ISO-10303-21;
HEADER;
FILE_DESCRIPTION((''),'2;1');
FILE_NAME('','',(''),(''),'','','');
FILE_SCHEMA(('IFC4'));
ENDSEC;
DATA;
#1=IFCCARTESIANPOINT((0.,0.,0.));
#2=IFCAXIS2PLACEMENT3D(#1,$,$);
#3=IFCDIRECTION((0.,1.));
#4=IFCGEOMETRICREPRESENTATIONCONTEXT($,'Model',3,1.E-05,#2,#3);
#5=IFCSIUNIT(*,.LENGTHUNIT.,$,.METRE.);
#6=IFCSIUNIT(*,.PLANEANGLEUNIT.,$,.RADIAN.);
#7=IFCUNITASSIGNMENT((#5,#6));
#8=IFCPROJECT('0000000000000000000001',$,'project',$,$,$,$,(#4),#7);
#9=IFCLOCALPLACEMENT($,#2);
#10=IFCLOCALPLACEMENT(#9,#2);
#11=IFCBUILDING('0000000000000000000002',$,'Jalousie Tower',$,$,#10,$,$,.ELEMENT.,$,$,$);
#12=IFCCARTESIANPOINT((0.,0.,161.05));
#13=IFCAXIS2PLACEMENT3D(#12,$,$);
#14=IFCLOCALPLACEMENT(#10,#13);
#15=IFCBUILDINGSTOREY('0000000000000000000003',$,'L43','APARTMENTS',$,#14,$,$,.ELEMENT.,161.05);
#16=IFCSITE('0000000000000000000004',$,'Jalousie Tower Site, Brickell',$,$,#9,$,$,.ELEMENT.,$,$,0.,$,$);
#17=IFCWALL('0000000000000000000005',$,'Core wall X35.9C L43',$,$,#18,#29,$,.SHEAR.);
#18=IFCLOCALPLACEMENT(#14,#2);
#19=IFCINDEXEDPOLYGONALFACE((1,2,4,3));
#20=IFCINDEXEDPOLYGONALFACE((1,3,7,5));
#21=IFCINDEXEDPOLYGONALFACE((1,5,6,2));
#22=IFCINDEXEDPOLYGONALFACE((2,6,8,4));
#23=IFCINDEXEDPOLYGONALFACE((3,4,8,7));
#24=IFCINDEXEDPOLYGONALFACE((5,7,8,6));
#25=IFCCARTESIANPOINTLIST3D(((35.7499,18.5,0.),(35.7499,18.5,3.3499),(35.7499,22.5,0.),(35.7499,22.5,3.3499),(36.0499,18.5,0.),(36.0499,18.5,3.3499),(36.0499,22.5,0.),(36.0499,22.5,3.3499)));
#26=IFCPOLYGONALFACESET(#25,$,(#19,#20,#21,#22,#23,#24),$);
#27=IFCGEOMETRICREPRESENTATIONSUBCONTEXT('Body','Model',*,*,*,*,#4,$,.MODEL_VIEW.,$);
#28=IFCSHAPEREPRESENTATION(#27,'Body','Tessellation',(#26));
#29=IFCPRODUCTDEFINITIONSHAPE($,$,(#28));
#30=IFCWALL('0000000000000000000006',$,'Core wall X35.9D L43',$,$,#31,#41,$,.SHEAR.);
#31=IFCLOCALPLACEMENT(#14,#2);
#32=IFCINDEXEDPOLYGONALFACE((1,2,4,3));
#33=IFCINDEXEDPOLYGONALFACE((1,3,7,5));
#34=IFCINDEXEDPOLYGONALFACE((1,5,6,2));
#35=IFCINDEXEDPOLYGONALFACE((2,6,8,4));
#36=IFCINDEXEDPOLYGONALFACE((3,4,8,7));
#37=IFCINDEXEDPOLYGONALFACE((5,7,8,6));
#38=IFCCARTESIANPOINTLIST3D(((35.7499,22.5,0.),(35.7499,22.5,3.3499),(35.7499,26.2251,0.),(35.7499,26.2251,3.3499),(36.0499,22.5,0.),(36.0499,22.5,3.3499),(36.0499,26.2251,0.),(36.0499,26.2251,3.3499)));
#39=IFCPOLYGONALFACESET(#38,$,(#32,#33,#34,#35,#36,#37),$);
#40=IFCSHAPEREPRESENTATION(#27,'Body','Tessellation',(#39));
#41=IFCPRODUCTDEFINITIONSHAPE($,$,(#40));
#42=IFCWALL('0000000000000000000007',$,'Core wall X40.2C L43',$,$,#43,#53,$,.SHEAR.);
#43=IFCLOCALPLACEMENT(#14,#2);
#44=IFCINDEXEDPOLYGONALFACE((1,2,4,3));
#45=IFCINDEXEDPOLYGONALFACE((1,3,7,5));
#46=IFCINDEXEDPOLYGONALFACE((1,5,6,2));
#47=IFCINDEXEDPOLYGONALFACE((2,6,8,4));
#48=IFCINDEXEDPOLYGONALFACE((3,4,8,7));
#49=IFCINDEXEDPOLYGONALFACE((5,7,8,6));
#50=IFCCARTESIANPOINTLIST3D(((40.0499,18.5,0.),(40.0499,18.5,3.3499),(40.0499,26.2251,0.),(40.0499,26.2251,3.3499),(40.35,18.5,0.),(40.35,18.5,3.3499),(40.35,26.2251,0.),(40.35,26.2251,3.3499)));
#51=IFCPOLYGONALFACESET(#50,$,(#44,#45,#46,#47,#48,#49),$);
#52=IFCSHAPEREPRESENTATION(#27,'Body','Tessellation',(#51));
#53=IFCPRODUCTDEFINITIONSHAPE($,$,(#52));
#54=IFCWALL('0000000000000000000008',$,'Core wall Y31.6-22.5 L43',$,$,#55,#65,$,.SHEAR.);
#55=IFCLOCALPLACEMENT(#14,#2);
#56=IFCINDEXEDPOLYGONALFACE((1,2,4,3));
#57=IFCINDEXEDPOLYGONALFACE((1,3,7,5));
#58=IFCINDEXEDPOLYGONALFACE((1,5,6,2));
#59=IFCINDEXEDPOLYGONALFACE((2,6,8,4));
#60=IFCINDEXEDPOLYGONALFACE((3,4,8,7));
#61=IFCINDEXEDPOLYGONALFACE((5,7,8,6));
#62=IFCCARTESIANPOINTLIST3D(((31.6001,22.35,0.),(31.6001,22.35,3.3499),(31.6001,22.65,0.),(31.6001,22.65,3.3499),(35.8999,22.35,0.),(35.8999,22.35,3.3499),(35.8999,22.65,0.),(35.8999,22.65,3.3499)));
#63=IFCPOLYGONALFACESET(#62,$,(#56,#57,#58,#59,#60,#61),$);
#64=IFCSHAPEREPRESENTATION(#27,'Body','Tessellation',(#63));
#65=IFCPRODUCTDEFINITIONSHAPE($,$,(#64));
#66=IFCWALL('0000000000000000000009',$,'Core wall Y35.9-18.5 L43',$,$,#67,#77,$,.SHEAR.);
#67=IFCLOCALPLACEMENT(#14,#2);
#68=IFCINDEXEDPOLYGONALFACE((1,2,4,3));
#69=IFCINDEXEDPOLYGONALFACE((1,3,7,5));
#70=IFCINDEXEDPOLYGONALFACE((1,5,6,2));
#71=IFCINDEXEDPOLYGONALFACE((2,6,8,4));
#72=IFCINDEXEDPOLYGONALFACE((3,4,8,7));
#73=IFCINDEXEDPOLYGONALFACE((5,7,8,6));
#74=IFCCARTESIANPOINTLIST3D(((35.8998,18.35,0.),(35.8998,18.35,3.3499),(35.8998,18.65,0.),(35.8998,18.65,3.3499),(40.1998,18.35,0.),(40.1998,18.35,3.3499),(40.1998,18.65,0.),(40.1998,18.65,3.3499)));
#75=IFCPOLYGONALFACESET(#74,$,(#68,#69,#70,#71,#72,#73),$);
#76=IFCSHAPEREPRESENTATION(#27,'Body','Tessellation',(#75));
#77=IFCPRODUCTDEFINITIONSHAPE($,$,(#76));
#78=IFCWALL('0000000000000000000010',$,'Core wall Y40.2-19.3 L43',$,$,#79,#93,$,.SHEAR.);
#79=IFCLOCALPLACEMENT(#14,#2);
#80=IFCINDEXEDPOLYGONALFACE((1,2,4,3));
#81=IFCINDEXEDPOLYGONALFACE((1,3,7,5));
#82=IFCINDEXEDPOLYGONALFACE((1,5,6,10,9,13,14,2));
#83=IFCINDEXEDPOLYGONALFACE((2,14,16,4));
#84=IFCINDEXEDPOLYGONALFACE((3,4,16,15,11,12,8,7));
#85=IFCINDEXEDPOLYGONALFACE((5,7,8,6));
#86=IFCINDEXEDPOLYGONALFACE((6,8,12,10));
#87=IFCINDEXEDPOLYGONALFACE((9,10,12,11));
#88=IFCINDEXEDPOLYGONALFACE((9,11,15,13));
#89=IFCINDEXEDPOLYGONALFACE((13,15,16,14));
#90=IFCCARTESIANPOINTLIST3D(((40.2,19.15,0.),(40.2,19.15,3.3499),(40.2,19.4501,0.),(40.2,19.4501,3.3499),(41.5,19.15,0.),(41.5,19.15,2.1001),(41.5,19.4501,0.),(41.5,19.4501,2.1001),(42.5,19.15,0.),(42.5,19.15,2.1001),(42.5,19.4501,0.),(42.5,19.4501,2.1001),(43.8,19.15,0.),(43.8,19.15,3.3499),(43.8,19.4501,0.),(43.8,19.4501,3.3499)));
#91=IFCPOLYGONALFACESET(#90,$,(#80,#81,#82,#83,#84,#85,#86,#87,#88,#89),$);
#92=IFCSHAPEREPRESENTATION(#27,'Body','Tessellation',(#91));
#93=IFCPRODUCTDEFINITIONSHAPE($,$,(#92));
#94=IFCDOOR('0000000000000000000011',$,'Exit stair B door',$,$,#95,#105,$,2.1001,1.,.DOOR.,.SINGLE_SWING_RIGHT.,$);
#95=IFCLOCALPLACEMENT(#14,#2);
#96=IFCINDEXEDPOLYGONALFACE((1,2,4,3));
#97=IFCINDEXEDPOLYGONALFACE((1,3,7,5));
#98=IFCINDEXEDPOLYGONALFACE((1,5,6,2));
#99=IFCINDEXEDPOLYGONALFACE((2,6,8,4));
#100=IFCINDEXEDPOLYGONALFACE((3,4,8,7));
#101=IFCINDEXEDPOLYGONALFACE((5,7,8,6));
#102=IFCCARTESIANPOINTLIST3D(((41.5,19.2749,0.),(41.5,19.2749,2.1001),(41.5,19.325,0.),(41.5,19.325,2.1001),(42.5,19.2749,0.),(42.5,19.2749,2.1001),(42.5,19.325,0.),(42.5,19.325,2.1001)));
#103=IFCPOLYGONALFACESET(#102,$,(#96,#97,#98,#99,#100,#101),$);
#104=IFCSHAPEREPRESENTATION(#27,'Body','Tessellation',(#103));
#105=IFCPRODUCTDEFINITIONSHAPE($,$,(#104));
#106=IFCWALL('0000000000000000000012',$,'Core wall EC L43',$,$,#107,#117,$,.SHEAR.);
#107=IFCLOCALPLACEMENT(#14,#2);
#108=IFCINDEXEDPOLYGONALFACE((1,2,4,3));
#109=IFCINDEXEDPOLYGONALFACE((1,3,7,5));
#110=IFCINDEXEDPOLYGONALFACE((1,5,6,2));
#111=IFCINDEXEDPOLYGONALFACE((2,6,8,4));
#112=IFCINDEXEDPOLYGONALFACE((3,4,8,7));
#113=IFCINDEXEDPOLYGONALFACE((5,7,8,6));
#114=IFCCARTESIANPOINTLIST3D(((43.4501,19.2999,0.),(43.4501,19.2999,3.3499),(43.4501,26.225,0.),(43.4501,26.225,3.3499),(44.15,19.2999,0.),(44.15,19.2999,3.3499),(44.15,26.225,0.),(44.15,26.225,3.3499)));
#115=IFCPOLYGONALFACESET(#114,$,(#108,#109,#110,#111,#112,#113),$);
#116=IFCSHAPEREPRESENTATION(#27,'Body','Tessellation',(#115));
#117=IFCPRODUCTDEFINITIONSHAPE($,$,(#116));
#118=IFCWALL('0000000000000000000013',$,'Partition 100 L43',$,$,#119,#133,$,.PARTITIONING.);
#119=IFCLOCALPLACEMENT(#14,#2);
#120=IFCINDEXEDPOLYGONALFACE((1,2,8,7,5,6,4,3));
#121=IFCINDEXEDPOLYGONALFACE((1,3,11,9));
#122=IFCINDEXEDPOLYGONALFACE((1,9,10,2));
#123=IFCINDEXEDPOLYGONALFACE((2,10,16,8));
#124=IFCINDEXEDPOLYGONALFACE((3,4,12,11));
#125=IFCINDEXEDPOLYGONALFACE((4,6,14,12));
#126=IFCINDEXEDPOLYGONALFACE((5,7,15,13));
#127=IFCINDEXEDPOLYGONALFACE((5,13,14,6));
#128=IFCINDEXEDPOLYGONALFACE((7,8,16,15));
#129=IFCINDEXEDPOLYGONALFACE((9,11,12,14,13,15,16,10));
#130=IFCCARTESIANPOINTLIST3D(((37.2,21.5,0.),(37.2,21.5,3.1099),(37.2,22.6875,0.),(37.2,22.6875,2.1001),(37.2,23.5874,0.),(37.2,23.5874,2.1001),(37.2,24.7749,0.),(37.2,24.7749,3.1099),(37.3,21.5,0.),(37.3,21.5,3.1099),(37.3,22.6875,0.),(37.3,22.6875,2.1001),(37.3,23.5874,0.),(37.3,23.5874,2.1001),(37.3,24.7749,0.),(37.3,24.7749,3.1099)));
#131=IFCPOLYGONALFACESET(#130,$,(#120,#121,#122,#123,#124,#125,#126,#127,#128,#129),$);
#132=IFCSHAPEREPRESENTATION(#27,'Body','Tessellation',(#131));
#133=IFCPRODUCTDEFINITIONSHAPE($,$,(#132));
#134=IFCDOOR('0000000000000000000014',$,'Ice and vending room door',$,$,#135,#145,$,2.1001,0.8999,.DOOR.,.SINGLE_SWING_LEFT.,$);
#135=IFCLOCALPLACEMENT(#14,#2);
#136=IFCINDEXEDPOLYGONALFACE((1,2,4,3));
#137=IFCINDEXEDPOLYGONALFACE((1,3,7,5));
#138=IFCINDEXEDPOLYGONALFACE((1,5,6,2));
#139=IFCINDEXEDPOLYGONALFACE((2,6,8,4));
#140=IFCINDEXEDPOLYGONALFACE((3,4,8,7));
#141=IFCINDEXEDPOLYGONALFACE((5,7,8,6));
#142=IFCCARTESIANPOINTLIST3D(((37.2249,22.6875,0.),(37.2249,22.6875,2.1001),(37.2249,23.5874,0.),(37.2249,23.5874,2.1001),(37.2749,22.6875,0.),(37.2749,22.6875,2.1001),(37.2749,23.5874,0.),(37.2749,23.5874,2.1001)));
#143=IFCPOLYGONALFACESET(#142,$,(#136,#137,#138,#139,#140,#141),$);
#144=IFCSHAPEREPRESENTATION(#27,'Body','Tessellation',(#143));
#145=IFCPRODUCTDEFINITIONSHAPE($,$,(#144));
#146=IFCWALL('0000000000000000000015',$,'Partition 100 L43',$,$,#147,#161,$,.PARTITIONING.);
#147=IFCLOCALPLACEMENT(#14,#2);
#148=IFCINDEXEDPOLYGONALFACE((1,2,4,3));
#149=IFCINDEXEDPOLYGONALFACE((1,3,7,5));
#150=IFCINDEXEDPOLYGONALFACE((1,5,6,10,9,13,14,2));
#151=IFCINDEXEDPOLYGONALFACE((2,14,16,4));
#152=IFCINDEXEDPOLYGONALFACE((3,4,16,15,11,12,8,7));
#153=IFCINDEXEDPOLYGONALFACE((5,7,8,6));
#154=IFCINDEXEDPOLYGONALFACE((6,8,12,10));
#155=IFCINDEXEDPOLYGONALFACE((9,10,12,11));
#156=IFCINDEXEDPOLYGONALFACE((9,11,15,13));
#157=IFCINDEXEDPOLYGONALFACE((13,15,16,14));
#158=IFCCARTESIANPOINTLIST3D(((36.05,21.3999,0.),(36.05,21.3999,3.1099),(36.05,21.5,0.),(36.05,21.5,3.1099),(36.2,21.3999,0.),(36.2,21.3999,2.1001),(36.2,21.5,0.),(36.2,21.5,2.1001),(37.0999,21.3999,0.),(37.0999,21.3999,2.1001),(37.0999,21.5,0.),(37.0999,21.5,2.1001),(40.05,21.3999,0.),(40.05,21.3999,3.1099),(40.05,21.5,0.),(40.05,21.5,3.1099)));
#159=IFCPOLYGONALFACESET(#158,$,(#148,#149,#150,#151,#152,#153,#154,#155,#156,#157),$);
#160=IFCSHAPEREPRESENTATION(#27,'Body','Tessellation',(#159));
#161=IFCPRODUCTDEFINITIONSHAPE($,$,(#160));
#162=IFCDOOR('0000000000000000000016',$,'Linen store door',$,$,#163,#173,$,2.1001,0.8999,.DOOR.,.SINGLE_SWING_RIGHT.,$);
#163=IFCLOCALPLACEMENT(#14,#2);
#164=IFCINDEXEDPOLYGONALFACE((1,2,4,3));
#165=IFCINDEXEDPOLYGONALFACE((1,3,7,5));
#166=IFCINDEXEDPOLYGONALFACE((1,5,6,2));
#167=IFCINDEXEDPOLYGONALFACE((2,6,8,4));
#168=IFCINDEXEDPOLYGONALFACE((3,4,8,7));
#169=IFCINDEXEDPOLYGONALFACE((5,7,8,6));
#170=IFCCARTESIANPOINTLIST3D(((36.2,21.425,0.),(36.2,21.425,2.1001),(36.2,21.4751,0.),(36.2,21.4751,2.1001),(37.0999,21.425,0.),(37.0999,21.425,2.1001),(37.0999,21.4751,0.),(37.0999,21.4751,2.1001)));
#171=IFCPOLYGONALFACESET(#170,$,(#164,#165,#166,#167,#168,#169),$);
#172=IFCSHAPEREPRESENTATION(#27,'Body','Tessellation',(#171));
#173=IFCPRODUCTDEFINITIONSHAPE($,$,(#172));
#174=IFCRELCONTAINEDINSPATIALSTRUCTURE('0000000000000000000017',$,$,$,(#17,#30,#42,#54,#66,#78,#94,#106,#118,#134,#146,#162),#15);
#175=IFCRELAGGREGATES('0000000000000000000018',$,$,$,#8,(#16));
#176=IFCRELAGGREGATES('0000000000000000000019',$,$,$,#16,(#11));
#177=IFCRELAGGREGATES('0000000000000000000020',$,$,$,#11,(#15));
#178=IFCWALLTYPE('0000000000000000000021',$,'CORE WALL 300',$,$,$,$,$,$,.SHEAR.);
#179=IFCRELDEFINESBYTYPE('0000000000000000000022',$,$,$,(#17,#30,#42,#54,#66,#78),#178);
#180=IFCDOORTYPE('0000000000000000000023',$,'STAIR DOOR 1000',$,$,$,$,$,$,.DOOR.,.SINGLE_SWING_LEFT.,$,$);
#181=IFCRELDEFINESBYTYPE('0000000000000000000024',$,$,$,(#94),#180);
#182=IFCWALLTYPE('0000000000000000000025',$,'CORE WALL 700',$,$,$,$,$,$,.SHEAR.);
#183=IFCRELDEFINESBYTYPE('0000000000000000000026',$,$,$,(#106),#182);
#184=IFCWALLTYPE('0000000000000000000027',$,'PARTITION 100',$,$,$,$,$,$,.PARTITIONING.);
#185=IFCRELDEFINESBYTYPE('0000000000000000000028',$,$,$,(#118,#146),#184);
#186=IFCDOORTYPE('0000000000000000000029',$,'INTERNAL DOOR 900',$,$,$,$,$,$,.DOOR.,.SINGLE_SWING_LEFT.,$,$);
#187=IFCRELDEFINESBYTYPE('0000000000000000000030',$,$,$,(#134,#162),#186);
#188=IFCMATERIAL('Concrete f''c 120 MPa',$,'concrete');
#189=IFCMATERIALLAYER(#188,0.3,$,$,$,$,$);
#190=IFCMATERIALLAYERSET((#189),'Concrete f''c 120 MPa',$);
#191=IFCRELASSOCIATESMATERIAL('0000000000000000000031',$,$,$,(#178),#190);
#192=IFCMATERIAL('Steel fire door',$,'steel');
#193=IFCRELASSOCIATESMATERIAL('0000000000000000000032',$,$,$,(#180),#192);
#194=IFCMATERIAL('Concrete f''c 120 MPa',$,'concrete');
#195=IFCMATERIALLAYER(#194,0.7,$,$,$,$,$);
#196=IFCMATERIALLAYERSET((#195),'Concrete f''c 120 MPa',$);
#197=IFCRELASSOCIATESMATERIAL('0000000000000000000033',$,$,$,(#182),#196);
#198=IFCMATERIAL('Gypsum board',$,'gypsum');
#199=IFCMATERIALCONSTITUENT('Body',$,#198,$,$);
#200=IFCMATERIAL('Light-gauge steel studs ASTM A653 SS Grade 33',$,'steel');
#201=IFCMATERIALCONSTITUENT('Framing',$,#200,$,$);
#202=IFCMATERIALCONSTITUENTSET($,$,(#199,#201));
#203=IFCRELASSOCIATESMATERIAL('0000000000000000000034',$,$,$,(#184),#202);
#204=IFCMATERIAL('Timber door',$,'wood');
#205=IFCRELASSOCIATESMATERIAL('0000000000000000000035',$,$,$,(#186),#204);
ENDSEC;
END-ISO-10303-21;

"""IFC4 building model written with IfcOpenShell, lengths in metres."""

from ifc_helpers import new_model, si_unit, direction, frame, frame_2d, origin, place, context, subcontext, project, spatial, rectangle, extrude, material, layer, layer_set, constituent, constituent_set, type_object, element, fill, save


model = new_model("IFC4")

# Units and contexts
model_context = context("Model", 3, precision=1e-05, world=origin(), true_north=direction((0.0, 1.0)))
body_context = subcontext(model_context, "Body", "Model", "MODEL_VIEW")
ifc_project = project(units=[si_unit("LENGTHUNIT", "METRE"), si_unit("PLANEANGLEUNIT", "RADIAN")], contexts=[model_context])

# Site, building, storey
site_placement = place(None, origin())
site = spatial("IfcSite", under=ifc_project, at=site_placement, Name="Jalousie Tower Site, Brickell", CompositionType="ELEMENT", RefElevation=0.0)
building_placement = place(site_placement, origin())
building = spatial("IfcBuilding", under=site, at=building_placement, Name="Jalousie Tower", CompositionType="ELEMENT")
storey_placement = place(building_placement, frame((0.0, 0.0, 161.05)))
storey = spatial("IfcBuildingStorey", under=building, at=storey_placement, Name="L43", Description="APARTMENTS", CompositionType="ELEMENT", Elevation=161.05)

# Walls
ifc_material_1 = material(Name="Concrete f'c 120 MPa", Category="concrete")
ifc_layer_1 = layer(ifc_material_1, 0.3)
ifc_layer_set_1 = layer_set([ifc_layer_1], Name="Concrete f'c 120 MPa")
wall_type_1 = type_object("IfcWallType", Name="CORE WALL 300", PredefinedType="SHEAR", material=ifc_layer_set_1)
wall_1_placement = place(storey_placement, frame((35.8999, 18.5, 0.0), z_axis=(0.0, 0.0, 1.0), x_axis=(0.0, 1.0, 0.0)))
element("IfcWall", 1, at=wall_1_placement, inside=storey, type_object=wall_type_1, Name="Core wall X35.9C L43", PredefinedType="SHEAR", context=body_context, shape_type="SweptSolid", body=[
    extrude(rectangle(XDim=4.0, YDim=0.3, at=frame_2d((2.0, 0.0))), origin(), (0.0, 0.0, 1.0), 3.3499),
])
wall_2_placement = place(storey_placement, frame((35.8999, 22.5, 0.0), z_axis=(0.0, 0.0, 1.0), x_axis=(0.0, 1.0, 0.0)))
element("IfcWall", 2, at=wall_2_placement, inside=storey, type_object=wall_type_1, Name="Core wall X35.9D L43", PredefinedType="SHEAR", context=body_context, shape_type="SweptSolid", body=[
    extrude(rectangle(XDim=3.7251, YDim=0.3, at=frame_2d((1.8625, 0.0))), origin(), (0.0, 0.0, 1.0), 3.3499),
])
wall_3_placement = place(storey_placement, frame((40.2, 18.5, 0.0), z_axis=(0.0, 0.0, 1.0), x_axis=(0.0, 1.0, 0.0)))
element("IfcWall", 3, at=wall_3_placement, inside=storey, type_object=wall_type_1, Name="Core wall X40.2C L43", PredefinedType="SHEAR", context=body_context, shape_type="SweptSolid", body=[
    extrude(rectangle(XDim=7.7251, YDim=0.3, at=frame_2d((3.8625, 0.0))), origin(), (0.0, 0.0, 1.0), 3.3499),
])
wall_4_placement = place(storey_placement, frame((31.6001, 22.5, 0.0), z_axis=(0.0, 0.0, 1.0), x_axis=(1.0, 0.0, 0.0)))
element("IfcWall", 4, at=wall_4_placement, inside=storey, type_object=wall_type_1, Name="Core wall Y31.6-22.5 L43", PredefinedType="SHEAR", context=body_context, shape_type="SweptSolid", body=[
    extrude(rectangle(XDim=4.2998, YDim=0.3, at=frame_2d((2.1499, 0.0))), origin(), (0.0, 0.0, 1.0), 3.3499),
])
wall_5_placement = place(storey_placement, frame((35.8999, 18.5, 0.0), z_axis=(0.0, 0.0, 1.0), x_axis=(1.0, 0.0, 0.0)))
element("IfcWall", 5, at=wall_5_placement, inside=storey, type_object=wall_type_1, Name="Core wall Y35.9-18.5 L43", PredefinedType="SHEAR", context=body_context, shape_type="SweptSolid", body=[
    extrude(rectangle(XDim=4.3, YDim=0.3, at=frame_2d((2.1499, 0.0))), origin(), (0.0, 0.0, 1.0), 3.3499),
])

# Wall, opening, door
wall_6_placement = place(storey_placement, frame((40.2, 19.3, 0.0), z_axis=(0.0, 0.0, 1.0), x_axis=(1.0, 0.0, 0.0)))
wall_6 = element("IfcWall", 6, at=wall_6_placement, inside=storey, type_object=wall_type_1, Name="Core wall Y40.2-19.3 L43", PredefinedType="SHEAR", context=body_context, shape_type="SweptSolid", body=[
    extrude(rectangle(XDim=3.6001, YDim=0.3, at=frame_2d((1.8, 0.0))), origin(), (0.0, 0.0, 1.0), 3.3499),
])
opening_1_placement = place(wall_6_placement, frame((1.3, 0.0, 0.0)))
opening_1 = element("IfcOpeningElement", 7, at=opening_1_placement, cuts=wall_6, PredefinedType="OPENING", context=body_context, shape_type="SweptSolid", body=[
    extrude(rectangle(XDim=1.0, YDim=2.1001, at=frame_2d((0.5, 1.05))), frame((0.0, 0.1599, 0.0), z_axis=(0.0, -1.0, 0.0), x_axis=(1.0, 0.0, 0.0)), (0.0, 0.0, 1.0), 0.3201),
])
ifc_material_2 = material(Name="Steel fire door", Category="steel")
door_type_1 = type_object("IfcDoorType", Name="STAIR DOOR 1000", OperationType="SINGLE_SWING_LEFT", PredefinedType="DOOR", material=ifc_material_2)
door_1_placement = place(opening_1_placement, origin())
door_1 = element("IfcDoor", 8, at=door_1_placement, inside=storey, type_object=door_type_1, Name="Exit stair B door", OperationType="SINGLE_SWING_RIGHT", OverallHeight=2.1001, OverallWidth=1.0, PredefinedType="DOOR", context=body_context, shape_type="SweptSolid", body=[
    extrude(rectangle(XDim=1.0, YDim=2.1001, at=frame_2d((0.5, 1.05))), frame((0.0, 0.0249, 0.0), z_axis=(0.0, -1.0, 0.0), x_axis=(1.0, 0.0, 0.0)), (0.0, 0.0, 1.0), 0.05),
])
fill(opening_1, door_1)

# Wall
ifc_material_3 = material(Name="Concrete f'c 120 MPa", Category="concrete")
ifc_layer_2 = layer(ifc_material_3, 0.7)
ifc_layer_set_2 = layer_set([ifc_layer_2], Name="Concrete f'c 120 MPa")
wall_type_2 = type_object("IfcWallType", Name="CORE WALL 700", PredefinedType="SHEAR", material=ifc_layer_set_2)
wall_7_placement = place(storey_placement, frame((43.8, 19.3, 0.0), z_axis=(0.0, 0.0, 1.0), x_axis=(0.0, 1.0, 0.0)))
element("IfcWall", 9, at=wall_7_placement, inside=storey, type_object=wall_type_2, Name="Core wall EC L43", PredefinedType="SHEAR", context=body_context, shape_type="SweptSolid", body=[
    extrude(rectangle(XDim=6.925, YDim=0.7, at=frame_2d((3.4624, 0.0))), origin(), (0.0, 0.0, 1.0), 3.3499),
])

# Walls, openings, doors
ifc_material_4 = material(Name="Gypsum board", Category="gypsum")
ifc_constituent_1 = constituent(ifc_material_4, Name="Body")
ifc_material_5 = material(Name="Light-gauge steel studs ASTM A653 SS Grade 33", Category="steel")
ifc_constituent_2 = constituent(ifc_material_5, Name="Framing")
ifc_constituent_set_1 = constituent_set(constituents=[ifc_constituent_1, ifc_constituent_2])
wall_type_3 = type_object("IfcWallType", Name="PARTITION 100", PredefinedType="PARTITIONING", material=ifc_constituent_set_1)
wall_8_placement = place(storey_placement, frame((37.25, 21.5, 0.0), z_axis=(0.0, 0.0, 1.0), x_axis=(0.0, 1.0, 0.0)))
wall_8 = element("IfcWall", 10, at=wall_8_placement, inside=storey, type_object=wall_type_3, Name="Partition 100 L43", PredefinedType="PARTITIONING", context=body_context, shape_type="SweptSolid", body=[
    extrude(rectangle(XDim=3.2749, YDim=0.1001, at=frame_2d((1.6375, 0.0))), origin(), (0.0, 0.0, 1.0), 3.1099),
])
opening_2_placement = place(wall_8_placement, frame((1.1875, 0.0, 0.0)))
opening_2 = element("IfcOpeningElement", 11, at=opening_2_placement, cuts=wall_8, PredefinedType="OPENING", context=body_context, shape_type="SweptSolid", body=[
    extrude(rectangle(XDim=0.8999, YDim=2.1001, at=frame_2d((0.45, 1.05))), frame((0.0, 0.0601, 0.0), z_axis=(0.0, -1.0, 0.0), x_axis=(1.0, 0.0, 0.0)), (0.0, 0.0, 1.0), 0.1201),
])
ifc_material_6 = material(Name="Timber door", Category="wood")
door_type_2 = type_object("IfcDoorType", Name="INTERNAL DOOR 900", OperationType="SINGLE_SWING_LEFT", PredefinedType="DOOR", material=ifc_material_6)
door_2_placement = place(opening_2_placement, frame((0.8999, 0.0, 0.0), z_axis=(0.0, 0.0, 1.0), x_axis=(-1.0, 0.0, 0.0)))
door_2 = element("IfcDoor", 12, at=door_2_placement, inside=storey, type_object=door_type_2, Name="Ice and vending room door", OperationType="SINGLE_SWING_LEFT", OverallHeight=2.1001, OverallWidth=0.8999, PredefinedType="DOOR", context=body_context, shape_type="SweptSolid", body=[
    extrude(rectangle(XDim=0.8999, YDim=2.1001, at=frame_2d((0.45, 1.05))), frame((0.0, 0.0249, 0.0), z_axis=(0.0, -1.0, 0.0), x_axis=(1.0, 0.0, 0.0)), (0.0, 0.0, 1.0), 0.05),
])
fill(opening_2, door_2)
wall_9_placement = place(storey_placement, frame((36.05, 21.45, 0.0), z_axis=(0.0, 0.0, 1.0), x_axis=(1.0, 0.0, 0.0)))
wall_9 = element("IfcWall", 13, at=wall_9_placement, inside=storey, type_object=wall_type_3, Name="Partition 100 L43", PredefinedType="PARTITIONING", context=body_context, shape_type="SweptSolid", body=[
    extrude(rectangle(XDim=4.0, YDim=0.1001, at=frame_2d((2.0, 0.0))), origin(), (0.0, 0.0, 1.0), 3.1099),
])
opening_3_placement = place(wall_9_placement, frame((0.1499, 0.0, 0.0)))
opening_3 = element("IfcOpeningElement", 14, at=opening_3_placement, cuts=wall_9, PredefinedType="OPENING", context=body_context, shape_type="SweptSolid", body=[
    extrude(rectangle(XDim=0.8999, YDim=2.1001, at=frame_2d((0.45, 1.05))), frame((0.0, 0.0601, 0.0), z_axis=(0.0, -1.0, 0.0), x_axis=(1.0, 0.0, 0.0)), (0.0, 0.0, 1.0), 0.1201),
])
door_3_placement = place(opening_3_placement, frame((0.8999, 0.0, 0.0), z_axis=(0.0, 0.0, 1.0), x_axis=(-1.0, 0.0, 0.0)))
door_3 = element("IfcDoor", 15, at=door_3_placement, inside=storey, type_object=door_type_2, Name="Linen store door", OperationType="SINGLE_SWING_RIGHT", OverallHeight=2.1001, OverallWidth=0.8999, PredefinedType="DOOR", context=body_context, shape_type="SweptSolid", body=[
    extrude(rectangle(XDim=0.8999, YDim=2.1001, at=frame_2d((0.45, 1.05))), frame((0.0, 0.0249, 0.0), z_axis=(0.0, -1.0, 0.0), x_axis=(1.0, 0.0, 0.0)), (0.0, 0.0, 1.0), 0.05),
])
fill(opening_3, door_3)

save(model, "model.ifc")
